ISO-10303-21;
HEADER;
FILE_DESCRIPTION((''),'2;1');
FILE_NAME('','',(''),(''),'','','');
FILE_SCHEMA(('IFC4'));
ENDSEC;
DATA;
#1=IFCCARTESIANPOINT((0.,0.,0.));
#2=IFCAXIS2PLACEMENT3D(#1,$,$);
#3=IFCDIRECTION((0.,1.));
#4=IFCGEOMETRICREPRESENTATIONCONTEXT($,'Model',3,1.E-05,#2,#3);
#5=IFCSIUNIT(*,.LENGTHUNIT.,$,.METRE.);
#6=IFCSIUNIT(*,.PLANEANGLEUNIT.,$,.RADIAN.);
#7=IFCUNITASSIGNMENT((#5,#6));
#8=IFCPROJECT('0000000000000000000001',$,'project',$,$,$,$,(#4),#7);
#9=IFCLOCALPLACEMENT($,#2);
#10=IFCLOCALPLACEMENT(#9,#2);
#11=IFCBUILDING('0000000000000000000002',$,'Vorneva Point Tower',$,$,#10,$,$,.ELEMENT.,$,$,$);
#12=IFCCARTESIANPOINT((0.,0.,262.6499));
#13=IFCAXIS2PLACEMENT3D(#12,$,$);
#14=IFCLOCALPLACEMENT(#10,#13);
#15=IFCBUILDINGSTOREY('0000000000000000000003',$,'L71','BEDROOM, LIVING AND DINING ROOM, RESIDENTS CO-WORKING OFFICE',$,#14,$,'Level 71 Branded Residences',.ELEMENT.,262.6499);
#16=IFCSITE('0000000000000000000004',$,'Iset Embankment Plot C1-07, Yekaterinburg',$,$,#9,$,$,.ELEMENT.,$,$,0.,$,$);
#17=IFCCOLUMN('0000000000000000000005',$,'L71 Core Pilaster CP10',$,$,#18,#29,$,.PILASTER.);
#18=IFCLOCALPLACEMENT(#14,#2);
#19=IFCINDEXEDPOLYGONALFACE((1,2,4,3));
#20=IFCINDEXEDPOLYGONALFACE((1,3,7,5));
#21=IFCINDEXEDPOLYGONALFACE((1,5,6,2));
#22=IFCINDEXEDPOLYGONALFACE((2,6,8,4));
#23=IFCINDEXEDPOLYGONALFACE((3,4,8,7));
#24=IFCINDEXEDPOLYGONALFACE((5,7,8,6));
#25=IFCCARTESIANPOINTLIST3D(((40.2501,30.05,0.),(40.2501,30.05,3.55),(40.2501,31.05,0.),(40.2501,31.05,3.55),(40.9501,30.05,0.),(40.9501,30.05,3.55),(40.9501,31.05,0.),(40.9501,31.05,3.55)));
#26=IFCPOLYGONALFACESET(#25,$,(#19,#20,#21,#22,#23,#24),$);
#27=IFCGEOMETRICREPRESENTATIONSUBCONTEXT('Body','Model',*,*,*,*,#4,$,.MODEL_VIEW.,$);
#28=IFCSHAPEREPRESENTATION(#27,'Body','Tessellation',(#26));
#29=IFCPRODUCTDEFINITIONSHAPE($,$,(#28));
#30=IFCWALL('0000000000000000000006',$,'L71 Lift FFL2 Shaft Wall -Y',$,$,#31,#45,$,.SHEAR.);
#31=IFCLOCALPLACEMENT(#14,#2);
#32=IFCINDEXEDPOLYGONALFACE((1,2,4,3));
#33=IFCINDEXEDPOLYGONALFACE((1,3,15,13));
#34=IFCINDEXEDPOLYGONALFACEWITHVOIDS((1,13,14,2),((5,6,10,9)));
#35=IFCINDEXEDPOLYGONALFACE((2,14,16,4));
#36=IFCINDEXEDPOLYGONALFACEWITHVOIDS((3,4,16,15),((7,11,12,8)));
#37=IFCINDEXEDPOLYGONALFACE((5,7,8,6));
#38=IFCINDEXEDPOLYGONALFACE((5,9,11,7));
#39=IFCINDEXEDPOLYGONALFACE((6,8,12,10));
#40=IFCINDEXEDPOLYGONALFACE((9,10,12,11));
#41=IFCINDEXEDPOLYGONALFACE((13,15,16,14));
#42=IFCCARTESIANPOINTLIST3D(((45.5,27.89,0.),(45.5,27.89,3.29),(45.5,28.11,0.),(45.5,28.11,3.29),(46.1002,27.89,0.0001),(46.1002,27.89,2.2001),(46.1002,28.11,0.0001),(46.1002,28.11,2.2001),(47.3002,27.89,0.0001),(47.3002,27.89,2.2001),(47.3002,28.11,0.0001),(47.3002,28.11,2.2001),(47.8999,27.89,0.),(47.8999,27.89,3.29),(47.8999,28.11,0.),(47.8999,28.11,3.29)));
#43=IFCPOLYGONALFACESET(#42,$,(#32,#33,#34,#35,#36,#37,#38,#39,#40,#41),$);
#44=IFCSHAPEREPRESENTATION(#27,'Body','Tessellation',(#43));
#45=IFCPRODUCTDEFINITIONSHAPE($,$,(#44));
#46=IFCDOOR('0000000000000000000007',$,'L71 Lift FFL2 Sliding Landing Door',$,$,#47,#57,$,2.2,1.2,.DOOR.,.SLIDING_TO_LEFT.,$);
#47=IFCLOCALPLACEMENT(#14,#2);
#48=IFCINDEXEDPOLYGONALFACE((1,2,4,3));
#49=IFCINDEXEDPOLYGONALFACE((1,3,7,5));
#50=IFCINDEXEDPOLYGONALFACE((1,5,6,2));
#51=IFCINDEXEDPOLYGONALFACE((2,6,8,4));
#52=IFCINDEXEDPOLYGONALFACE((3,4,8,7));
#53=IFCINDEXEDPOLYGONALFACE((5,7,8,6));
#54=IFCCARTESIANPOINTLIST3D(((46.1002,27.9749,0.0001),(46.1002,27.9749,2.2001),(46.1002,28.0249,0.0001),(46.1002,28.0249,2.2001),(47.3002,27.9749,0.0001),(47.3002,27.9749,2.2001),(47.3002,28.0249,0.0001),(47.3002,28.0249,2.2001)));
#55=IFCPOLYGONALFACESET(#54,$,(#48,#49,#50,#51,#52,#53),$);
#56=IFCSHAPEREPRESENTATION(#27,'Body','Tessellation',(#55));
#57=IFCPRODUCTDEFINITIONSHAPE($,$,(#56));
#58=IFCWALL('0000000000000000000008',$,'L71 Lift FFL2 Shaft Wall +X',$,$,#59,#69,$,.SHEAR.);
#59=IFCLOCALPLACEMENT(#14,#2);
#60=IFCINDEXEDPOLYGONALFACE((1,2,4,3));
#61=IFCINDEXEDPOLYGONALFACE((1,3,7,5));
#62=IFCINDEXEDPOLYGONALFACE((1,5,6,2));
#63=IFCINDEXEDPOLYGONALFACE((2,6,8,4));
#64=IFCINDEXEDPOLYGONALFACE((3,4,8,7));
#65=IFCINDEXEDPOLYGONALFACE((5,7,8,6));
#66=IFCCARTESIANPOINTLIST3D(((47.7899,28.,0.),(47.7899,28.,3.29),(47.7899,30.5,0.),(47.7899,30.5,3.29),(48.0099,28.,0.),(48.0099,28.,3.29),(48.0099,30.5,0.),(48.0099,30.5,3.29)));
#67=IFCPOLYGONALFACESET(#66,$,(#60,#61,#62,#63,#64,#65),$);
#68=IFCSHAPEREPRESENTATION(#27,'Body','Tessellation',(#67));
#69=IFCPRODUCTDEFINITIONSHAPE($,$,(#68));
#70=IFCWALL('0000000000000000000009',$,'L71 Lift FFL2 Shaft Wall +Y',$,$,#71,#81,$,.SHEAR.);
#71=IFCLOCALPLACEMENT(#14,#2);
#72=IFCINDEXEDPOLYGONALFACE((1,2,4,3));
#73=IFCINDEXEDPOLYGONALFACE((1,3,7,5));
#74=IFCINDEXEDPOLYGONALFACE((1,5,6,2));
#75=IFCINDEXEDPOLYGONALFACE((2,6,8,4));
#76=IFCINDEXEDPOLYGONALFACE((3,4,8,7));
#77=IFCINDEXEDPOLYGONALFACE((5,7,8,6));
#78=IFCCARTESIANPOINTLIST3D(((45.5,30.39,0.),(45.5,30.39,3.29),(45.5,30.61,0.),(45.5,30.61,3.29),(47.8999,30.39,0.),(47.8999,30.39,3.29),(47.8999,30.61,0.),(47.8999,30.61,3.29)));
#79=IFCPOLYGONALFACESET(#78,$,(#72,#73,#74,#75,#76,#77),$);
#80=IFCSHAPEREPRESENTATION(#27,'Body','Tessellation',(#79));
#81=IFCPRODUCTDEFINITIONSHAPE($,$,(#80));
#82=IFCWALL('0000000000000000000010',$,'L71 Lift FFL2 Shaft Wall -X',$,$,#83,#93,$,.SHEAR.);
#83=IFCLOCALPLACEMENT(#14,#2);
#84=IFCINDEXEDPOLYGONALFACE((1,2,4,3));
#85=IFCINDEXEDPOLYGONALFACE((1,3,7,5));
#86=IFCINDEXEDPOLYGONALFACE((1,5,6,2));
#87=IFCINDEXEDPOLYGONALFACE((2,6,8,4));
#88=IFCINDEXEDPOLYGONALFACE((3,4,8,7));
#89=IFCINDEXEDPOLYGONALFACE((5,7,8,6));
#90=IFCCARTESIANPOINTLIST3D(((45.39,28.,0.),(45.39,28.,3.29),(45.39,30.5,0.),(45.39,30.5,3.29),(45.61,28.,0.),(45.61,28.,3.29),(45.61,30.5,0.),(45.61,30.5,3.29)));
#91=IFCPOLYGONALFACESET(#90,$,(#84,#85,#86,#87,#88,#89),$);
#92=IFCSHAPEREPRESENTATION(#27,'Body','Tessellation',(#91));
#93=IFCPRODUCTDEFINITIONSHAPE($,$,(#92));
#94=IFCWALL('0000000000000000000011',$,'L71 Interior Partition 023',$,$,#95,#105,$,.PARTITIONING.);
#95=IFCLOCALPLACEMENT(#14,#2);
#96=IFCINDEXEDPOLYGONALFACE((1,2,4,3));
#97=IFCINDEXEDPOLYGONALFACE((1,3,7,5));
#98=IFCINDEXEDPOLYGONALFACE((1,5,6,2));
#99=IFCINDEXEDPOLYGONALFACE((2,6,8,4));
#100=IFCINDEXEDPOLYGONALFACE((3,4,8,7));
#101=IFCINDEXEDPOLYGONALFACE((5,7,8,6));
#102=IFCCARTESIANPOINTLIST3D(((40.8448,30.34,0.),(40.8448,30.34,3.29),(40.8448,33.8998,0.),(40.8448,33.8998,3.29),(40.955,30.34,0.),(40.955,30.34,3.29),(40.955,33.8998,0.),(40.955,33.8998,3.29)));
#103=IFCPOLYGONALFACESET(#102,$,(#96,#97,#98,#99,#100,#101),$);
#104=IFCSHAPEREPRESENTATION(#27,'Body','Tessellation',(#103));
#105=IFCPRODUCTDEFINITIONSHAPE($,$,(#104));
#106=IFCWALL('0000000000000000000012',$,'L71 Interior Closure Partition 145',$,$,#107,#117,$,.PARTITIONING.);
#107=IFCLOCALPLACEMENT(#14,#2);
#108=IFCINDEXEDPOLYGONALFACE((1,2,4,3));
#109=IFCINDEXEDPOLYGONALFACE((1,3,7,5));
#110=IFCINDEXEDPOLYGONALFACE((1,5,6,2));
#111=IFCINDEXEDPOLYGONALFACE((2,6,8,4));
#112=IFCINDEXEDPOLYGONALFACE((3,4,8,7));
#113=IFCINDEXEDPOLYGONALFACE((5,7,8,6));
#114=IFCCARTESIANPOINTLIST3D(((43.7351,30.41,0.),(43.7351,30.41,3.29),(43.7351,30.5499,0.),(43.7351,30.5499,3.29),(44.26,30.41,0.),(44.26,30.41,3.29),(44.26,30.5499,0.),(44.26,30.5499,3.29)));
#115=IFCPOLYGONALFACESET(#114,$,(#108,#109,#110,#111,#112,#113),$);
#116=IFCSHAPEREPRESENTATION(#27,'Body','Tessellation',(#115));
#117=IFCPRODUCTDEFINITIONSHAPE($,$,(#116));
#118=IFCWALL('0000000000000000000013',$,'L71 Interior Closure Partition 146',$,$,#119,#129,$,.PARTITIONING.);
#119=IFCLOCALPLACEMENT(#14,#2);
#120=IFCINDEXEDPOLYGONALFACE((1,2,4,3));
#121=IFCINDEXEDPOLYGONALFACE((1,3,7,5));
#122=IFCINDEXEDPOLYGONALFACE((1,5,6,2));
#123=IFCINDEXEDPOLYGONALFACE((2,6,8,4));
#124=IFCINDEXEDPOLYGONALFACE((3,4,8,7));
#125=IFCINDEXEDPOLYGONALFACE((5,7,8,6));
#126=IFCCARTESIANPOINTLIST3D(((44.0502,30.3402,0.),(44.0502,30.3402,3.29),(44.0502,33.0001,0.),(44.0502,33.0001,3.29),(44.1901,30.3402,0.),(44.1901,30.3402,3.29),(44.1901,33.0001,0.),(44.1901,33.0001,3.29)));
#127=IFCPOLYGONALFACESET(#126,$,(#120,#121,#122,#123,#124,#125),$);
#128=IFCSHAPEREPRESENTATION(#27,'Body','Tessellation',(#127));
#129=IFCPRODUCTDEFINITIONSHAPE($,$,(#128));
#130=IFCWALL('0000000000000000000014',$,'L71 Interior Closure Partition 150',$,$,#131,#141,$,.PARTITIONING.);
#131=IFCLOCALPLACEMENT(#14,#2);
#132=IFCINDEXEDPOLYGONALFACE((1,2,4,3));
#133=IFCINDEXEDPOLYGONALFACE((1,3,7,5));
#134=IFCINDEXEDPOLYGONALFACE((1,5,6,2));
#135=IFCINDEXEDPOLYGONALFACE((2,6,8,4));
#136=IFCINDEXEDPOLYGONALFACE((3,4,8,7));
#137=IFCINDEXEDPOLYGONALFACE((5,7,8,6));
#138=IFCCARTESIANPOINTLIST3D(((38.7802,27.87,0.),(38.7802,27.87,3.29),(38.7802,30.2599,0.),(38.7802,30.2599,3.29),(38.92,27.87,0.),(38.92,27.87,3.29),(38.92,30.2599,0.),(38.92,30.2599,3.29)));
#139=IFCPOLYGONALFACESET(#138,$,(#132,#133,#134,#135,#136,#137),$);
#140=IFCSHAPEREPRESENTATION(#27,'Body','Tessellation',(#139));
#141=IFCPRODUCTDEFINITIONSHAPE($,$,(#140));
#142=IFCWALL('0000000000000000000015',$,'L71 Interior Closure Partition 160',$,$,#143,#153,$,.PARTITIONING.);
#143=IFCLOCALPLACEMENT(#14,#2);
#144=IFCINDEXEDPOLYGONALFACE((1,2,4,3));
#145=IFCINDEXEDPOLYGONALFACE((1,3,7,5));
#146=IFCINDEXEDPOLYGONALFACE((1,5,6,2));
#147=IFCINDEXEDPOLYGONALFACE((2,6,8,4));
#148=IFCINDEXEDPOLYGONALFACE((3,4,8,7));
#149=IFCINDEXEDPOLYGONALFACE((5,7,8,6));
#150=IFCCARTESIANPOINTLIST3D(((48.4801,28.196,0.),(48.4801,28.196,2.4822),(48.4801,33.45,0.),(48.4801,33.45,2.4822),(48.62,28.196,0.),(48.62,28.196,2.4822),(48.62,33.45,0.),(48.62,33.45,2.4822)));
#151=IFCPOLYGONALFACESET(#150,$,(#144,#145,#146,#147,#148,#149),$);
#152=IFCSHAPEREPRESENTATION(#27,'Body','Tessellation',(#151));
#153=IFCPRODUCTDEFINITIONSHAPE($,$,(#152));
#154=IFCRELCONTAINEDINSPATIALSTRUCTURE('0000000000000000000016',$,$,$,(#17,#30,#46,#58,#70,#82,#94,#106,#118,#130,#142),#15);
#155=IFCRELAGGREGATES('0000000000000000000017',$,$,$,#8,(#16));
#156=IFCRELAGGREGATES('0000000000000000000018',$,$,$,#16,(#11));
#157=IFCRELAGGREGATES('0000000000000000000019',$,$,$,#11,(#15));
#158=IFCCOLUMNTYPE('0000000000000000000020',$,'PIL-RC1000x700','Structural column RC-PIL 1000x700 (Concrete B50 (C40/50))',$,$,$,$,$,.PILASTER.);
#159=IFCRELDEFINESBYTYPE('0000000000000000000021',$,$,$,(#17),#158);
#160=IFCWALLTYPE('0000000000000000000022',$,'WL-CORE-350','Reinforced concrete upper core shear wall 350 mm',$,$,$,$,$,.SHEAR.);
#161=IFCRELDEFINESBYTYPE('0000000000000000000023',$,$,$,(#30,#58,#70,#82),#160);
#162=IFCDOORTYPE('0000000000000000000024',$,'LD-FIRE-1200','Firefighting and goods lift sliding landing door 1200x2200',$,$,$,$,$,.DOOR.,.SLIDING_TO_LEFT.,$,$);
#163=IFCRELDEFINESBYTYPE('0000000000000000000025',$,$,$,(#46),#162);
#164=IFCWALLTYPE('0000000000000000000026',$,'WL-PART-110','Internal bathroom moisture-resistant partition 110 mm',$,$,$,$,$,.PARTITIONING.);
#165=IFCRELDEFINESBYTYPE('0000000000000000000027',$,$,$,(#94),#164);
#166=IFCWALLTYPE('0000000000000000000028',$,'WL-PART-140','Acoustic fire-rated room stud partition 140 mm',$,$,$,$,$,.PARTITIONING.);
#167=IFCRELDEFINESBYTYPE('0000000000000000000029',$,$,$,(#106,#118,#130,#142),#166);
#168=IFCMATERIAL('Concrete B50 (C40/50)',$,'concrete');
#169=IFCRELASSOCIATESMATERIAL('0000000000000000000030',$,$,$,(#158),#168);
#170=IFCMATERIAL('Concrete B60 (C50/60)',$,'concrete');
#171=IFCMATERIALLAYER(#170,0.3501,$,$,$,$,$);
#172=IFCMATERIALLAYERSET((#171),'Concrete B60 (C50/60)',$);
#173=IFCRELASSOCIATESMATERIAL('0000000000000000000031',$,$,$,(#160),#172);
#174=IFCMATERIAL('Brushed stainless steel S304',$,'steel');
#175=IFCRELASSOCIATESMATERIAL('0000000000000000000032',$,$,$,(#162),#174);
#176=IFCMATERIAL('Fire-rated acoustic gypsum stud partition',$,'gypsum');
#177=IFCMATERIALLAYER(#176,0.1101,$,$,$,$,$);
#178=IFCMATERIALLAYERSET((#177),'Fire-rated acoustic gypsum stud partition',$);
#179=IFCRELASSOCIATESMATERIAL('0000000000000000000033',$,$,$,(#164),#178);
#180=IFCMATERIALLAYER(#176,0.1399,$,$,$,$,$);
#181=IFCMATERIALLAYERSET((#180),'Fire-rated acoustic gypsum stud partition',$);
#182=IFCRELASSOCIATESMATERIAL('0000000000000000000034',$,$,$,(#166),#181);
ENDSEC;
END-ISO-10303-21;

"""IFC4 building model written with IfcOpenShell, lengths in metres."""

from ifc_helpers import new_model, si_unit, direction, frame, frame_2d, origin, origin_2d, place, context, subcontext, project, spatial, rectangle, extrude, material, layer, layer_set, material_profile, profile_set, type_object, element, fill, save


model = new_model("IFC4")

# Units and contexts
model_context = context("Model", 3, precision=1e-05, world=origin(), true_north=direction((0.0, 1.0)))
body_context = subcontext(model_context, "Body", "Model", "MODEL_VIEW")
ifc_project = project(units=[si_unit("LENGTHUNIT", "METRE"), si_unit("PLANEANGLEUNIT", "RADIAN")], contexts=[model_context])

# Site, building, storey
site_placement = place(None, origin())
site = spatial("IfcSite", under=ifc_project, at=site_placement, Name="Iset Embankment Plot C1-07, Yekaterinburg", CompositionType="ELEMENT", RefElevation=0.0)
building_placement = place(site_placement, origin())
building = spatial("IfcBuilding", under=site, at=building_placement, Name="Vorneva Point Tower", CompositionType="ELEMENT")
storey_placement = place(building_placement, frame((0.0, 0.0, 262.6499)))
storey = spatial("IfcBuildingStorey", under=building, at=storey_placement, Name="L71", Description="BEDROOM, LIVING AND DINING ROOM, RESIDENTS CO-WORKING OFFICE", LongName="Level 71 Branded Residences", CompositionType="ELEMENT", Elevation=262.6499)

# Column
ifc_material_1 = material(Name="Concrete B50 (C40/50)", Category="concrete")
ifc_material_profile = material_profile(ifc_material_1, rectangle(XDim=0.7, YDim=1.0, at=origin_2d()), Name="RC-PIL 1000x700")
ifc_profile_set = profile_set([ifc_material_profile], Name="Concrete B50 (C40/50)")
column_type = type_object("IfcColumnType", Name="PIL-RC1000x700", Description="Structural column RC-PIL 1000x700 (Concrete B50 (C40/50))", PredefinedType="PILASTER", material=ifc_profile_set)
column_placement = place(storey_placement, frame((40.6001, 30.55, 0.0), z_axis=(0.0, 0.0, 1.0), x_axis=(1.0, 0.0, 0.0)))
element("IfcColumn", 1, at=column_placement, inside=storey, type_object=column_type, Name="L71 Core Pilaster CP10", PredefinedType="PILASTER", context=body_context, shape_type="SweptSolid", body=[
    extrude(rectangle(XDim=0.7, YDim=1.0, at=origin_2d()), origin(), (0.0, 0.0, 1.0), 3.55),
])

# Wall, opening, door
ifc_material_2 = material(Name="Concrete B60 (C50/60)", Category="concrete")
ifc_layer_1 = layer(ifc_material_2, 0.3501)
ifc_layer_set_1 = layer_set([ifc_layer_1], Name="Concrete B60 (C50/60)")
wall_type_1 = type_object("IfcWallType", Name="WL-CORE-350", Description="Reinforced concrete upper core shear wall 350 mm", PredefinedType="SHEAR", material=ifc_layer_set_1)
wall_1_placement = place(storey_placement, frame((45.5, 28.0, 0.0), z_axis=(0.0, 0.0, 1.0), x_axis=(1.0, 0.0, 0.0)))
wall_1 = element("IfcWall", 2, at=wall_1_placement, inside=storey, type_object=wall_type_1, Name="L71 Lift FFL2 Shaft Wall -Y", PredefinedType="SHEAR", context=body_context, shape_type="SweptSolid", body=[
    extrude(rectangle(XDim=2.3999, YDim=0.22, at=frame_2d((1.2, 0.0))), origin(), (0.0, 0.0, 1.0), 3.29),
])
opening_1_placement = place(wall_1_placement, frame((0.6001, 0.0, 0.0)))
opening_1 = element("IfcOpeningElement", 3, at=opening_1_placement, cuts=wall_1, PredefinedType="OPENING", context=body_context, shape_type="SweptSolid", body=[
    extrude(rectangle(XDim=1.2, YDim=2.2, at=frame_2d((0.6001, 1.1001))), frame((0.0, 0.125, 0.0), z_axis=(0.0, -1.0, 0.0), x_axis=(1.0, 0.0, 0.0)), (0.0, 0.0, 1.0), 0.2498),
])
ifc_material_3 = material(Name="Brushed stainless steel S304", Category="steel")
door_type_1 = type_object("IfcDoorType", Name="LD-FIRE-1200", Description="Firefighting and goods lift sliding landing door 1200x2200", OperationType="SLIDING_TO_LEFT", PredefinedType="DOOR", material=ifc_material_3)
door_1_placement = place(opening_1_placement, origin())
door_1 = element("IfcDoor", 4, at=door_1_placement, inside=storey, type_object=door_type_1, Name="L71 Lift FFL2 Sliding Landing Door", OperationType="SLIDING_TO_LEFT", OverallHeight=2.2, OverallWidth=1.2, PredefinedType="DOOR", context=body_context, shape_type="SweptSolid", body=[
    extrude(rectangle(XDim=1.2, YDim=2.2, at=frame_2d((0.6001, 1.1001))), frame((0.0, 0.0249, 0.0), z_axis=(0.0, -1.0, 0.0), x_axis=(1.0, 0.0, 0.0)), (0.0, 0.0, 1.0), 0.05),
])
fill(opening_1, door_1)

# Walls
wall_2_placement = place(storey_placement, frame((47.8999, 28.0, 0.0), z_axis=(0.0, 0.0, 1.0), x_axis=(0.0, 1.0, 0.0)))
element("IfcWall", 5, at=wall_2_placement, inside=storey, type_object=wall_type_1, Name="L71 Lift FFL2 Shaft Wall +X", PredefinedType="SHEAR", context=body_context, shape_type="SweptSolid", body=[
    extrude(rectangle(XDim=2.5, YDim=0.22, at=frame_2d((1.25, 0.0))), origin(), (0.0, 0.0, 1.0), 3.29),
])
wall_3_placement = place(storey_placement, frame((47.8999, 30.5, 0.0), z_axis=(0.0, 0.0, 1.0), x_axis=(-1.0, 0.0, 0.0)))
element("IfcWall", 6, at=wall_3_placement, inside=storey, type_object=wall_type_1, Name="L71 Lift FFL2 Shaft Wall +Y", PredefinedType="SHEAR", context=body_context, shape_type="SweptSolid", body=[
    extrude(rectangle(XDim=2.3999, YDim=0.22, at=frame_2d((1.2, 0.0))), origin(), (0.0, 0.0, 1.0), 3.29),
])
wall_4_placement = place(storey_placement, frame((45.5, 30.5, 0.0), z_axis=(0.0, 0.0, 1.0), x_axis=(0.0, -1.0, 0.0)))
element("IfcWall", 7, at=wall_4_placement, inside=storey, type_object=wall_type_1, Name="L71 Lift FFL2 Shaft Wall -X", PredefinedType="SHEAR", context=body_context, shape_type="SweptSolid", body=[
    extrude(rectangle(XDim=2.5, YDim=0.22, at=frame_2d((1.25, 0.0))), origin(), (0.0, 0.0, 1.0), 3.29),
])
ifc_material_4 = material(Name="Fire-rated acoustic gypsum stud partition", Category="gypsum")
ifc_layer_2 = layer(ifc_material_4, 0.1101)
ifc_layer_set_2 = layer_set([ifc_layer_2], Name="Fire-rated acoustic gypsum stud partition")
wall_type_2 = type_object("IfcWallType", Name="WL-PART-110", Description="Internal bathroom moisture-resistant partition 110 mm", PredefinedType="PARTITIONING", material=ifc_layer_set_2)
wall_5_placement = place(storey_placement, frame((40.8999, 30.3401, 0.0), z_axis=(0.0, 0.0, 1.0), x_axis=(0.0, 1.0, 0.0)))
element("IfcWall", 8, at=wall_5_placement, inside=storey, type_object=wall_type_2, Name="L71 Interior Partition 023", PredefinedType="PARTITIONING", context=body_context, shape_type="SweptSolid", body=[
    extrude(rectangle(XDim=3.5598, YDim=0.1101, at=frame_2d((1.7798, 0.0))), origin(), (0.0, 0.0, 1.0), 3.29),
])
ifc_layer_3 = layer(ifc_material_4, 0.1399)
ifc_layer_set_3 = layer_set([ifc_layer_3], Name="Fire-rated acoustic gypsum stud partition")
wall_type_3 = type_object("IfcWallType", Name="WL-PART-140", Description="Acoustic fire-rated room stud partition 140 mm", PredefinedType="PARTITIONING", material=ifc_layer_set_3)
wall_6_placement = place(storey_placement, frame((43.7351, 30.48, 0.0), z_axis=(0.0, 0.0, 1.0), x_axis=(1.0, 0.0, 0.0)))
element("IfcWall", 9, at=wall_6_placement, inside=storey, type_object=wall_type_3, Name="L71 Interior Closure Partition 145", PredefinedType="PARTITIONING", context=body_context, shape_type="SweptSolid", body=[
    extrude(rectangle(XDim=0.5249, YDim=0.1399, at=frame_2d((0.2625, 0.0))), origin(), (0.0, 0.0, 1.0), 3.29),
])
wall_7_placement = place(storey_placement, frame((44.1201, 30.3401, 0.0), z_axis=(0.0, 0.0, 1.0), x_axis=(0.0, 1.0, 0.0)))
element("IfcWall", 10, at=wall_7_placement, inside=storey, type_object=wall_type_3, Name="L71 Interior Closure Partition 146", PredefinedType="PARTITIONING", context=body_context, shape_type="SweptSolid", body=[
    extrude(rectangle(XDim=2.6599, YDim=0.1399, at=frame_2d((1.3301, 0.0))), origin(), (0.0, 0.0, 1.0), 3.29),
])
wall_8_placement = place(storey_placement, frame((38.8501, 27.8701, 0.0), z_axis=(0.0, 0.0, 1.0), x_axis=(0.0, 1.0, 0.0)))
element("IfcWall", 11, at=wall_8_placement, inside=storey, type_object=wall_type_3, Name="L71 Interior Closure Partition 150", PredefinedType="PARTITIONING", context=body_context, shape_type="SweptSolid", body=[
    extrude(rectangle(XDim=2.3899, YDim=0.1399, at=frame_2d((1.1948, 0.0))), origin(), (0.0, 0.0, 1.0), 3.29),
])
wall_9_placement = place(storey_placement, frame((48.55, 28.196, 0.0), z_axis=(0.0, 0.0, 1.0), x_axis=(0.0, 1.0, 0.0)))
element("IfcWall", 12, at=wall_9_placement, inside=storey, type_object=wall_type_3, Name="L71 Interior Closure Partition 160", PredefinedType="PARTITIONING", context=body_context, shape_type="SweptSolid", body=[
    extrude(rectangle(XDim=5.2539, YDim=0.1399, at=frame_2d((2.627, 0.0))), origin(), (0.0, 0.0, 1.0), 2.4822),
])

save(model, "model.ifc")
